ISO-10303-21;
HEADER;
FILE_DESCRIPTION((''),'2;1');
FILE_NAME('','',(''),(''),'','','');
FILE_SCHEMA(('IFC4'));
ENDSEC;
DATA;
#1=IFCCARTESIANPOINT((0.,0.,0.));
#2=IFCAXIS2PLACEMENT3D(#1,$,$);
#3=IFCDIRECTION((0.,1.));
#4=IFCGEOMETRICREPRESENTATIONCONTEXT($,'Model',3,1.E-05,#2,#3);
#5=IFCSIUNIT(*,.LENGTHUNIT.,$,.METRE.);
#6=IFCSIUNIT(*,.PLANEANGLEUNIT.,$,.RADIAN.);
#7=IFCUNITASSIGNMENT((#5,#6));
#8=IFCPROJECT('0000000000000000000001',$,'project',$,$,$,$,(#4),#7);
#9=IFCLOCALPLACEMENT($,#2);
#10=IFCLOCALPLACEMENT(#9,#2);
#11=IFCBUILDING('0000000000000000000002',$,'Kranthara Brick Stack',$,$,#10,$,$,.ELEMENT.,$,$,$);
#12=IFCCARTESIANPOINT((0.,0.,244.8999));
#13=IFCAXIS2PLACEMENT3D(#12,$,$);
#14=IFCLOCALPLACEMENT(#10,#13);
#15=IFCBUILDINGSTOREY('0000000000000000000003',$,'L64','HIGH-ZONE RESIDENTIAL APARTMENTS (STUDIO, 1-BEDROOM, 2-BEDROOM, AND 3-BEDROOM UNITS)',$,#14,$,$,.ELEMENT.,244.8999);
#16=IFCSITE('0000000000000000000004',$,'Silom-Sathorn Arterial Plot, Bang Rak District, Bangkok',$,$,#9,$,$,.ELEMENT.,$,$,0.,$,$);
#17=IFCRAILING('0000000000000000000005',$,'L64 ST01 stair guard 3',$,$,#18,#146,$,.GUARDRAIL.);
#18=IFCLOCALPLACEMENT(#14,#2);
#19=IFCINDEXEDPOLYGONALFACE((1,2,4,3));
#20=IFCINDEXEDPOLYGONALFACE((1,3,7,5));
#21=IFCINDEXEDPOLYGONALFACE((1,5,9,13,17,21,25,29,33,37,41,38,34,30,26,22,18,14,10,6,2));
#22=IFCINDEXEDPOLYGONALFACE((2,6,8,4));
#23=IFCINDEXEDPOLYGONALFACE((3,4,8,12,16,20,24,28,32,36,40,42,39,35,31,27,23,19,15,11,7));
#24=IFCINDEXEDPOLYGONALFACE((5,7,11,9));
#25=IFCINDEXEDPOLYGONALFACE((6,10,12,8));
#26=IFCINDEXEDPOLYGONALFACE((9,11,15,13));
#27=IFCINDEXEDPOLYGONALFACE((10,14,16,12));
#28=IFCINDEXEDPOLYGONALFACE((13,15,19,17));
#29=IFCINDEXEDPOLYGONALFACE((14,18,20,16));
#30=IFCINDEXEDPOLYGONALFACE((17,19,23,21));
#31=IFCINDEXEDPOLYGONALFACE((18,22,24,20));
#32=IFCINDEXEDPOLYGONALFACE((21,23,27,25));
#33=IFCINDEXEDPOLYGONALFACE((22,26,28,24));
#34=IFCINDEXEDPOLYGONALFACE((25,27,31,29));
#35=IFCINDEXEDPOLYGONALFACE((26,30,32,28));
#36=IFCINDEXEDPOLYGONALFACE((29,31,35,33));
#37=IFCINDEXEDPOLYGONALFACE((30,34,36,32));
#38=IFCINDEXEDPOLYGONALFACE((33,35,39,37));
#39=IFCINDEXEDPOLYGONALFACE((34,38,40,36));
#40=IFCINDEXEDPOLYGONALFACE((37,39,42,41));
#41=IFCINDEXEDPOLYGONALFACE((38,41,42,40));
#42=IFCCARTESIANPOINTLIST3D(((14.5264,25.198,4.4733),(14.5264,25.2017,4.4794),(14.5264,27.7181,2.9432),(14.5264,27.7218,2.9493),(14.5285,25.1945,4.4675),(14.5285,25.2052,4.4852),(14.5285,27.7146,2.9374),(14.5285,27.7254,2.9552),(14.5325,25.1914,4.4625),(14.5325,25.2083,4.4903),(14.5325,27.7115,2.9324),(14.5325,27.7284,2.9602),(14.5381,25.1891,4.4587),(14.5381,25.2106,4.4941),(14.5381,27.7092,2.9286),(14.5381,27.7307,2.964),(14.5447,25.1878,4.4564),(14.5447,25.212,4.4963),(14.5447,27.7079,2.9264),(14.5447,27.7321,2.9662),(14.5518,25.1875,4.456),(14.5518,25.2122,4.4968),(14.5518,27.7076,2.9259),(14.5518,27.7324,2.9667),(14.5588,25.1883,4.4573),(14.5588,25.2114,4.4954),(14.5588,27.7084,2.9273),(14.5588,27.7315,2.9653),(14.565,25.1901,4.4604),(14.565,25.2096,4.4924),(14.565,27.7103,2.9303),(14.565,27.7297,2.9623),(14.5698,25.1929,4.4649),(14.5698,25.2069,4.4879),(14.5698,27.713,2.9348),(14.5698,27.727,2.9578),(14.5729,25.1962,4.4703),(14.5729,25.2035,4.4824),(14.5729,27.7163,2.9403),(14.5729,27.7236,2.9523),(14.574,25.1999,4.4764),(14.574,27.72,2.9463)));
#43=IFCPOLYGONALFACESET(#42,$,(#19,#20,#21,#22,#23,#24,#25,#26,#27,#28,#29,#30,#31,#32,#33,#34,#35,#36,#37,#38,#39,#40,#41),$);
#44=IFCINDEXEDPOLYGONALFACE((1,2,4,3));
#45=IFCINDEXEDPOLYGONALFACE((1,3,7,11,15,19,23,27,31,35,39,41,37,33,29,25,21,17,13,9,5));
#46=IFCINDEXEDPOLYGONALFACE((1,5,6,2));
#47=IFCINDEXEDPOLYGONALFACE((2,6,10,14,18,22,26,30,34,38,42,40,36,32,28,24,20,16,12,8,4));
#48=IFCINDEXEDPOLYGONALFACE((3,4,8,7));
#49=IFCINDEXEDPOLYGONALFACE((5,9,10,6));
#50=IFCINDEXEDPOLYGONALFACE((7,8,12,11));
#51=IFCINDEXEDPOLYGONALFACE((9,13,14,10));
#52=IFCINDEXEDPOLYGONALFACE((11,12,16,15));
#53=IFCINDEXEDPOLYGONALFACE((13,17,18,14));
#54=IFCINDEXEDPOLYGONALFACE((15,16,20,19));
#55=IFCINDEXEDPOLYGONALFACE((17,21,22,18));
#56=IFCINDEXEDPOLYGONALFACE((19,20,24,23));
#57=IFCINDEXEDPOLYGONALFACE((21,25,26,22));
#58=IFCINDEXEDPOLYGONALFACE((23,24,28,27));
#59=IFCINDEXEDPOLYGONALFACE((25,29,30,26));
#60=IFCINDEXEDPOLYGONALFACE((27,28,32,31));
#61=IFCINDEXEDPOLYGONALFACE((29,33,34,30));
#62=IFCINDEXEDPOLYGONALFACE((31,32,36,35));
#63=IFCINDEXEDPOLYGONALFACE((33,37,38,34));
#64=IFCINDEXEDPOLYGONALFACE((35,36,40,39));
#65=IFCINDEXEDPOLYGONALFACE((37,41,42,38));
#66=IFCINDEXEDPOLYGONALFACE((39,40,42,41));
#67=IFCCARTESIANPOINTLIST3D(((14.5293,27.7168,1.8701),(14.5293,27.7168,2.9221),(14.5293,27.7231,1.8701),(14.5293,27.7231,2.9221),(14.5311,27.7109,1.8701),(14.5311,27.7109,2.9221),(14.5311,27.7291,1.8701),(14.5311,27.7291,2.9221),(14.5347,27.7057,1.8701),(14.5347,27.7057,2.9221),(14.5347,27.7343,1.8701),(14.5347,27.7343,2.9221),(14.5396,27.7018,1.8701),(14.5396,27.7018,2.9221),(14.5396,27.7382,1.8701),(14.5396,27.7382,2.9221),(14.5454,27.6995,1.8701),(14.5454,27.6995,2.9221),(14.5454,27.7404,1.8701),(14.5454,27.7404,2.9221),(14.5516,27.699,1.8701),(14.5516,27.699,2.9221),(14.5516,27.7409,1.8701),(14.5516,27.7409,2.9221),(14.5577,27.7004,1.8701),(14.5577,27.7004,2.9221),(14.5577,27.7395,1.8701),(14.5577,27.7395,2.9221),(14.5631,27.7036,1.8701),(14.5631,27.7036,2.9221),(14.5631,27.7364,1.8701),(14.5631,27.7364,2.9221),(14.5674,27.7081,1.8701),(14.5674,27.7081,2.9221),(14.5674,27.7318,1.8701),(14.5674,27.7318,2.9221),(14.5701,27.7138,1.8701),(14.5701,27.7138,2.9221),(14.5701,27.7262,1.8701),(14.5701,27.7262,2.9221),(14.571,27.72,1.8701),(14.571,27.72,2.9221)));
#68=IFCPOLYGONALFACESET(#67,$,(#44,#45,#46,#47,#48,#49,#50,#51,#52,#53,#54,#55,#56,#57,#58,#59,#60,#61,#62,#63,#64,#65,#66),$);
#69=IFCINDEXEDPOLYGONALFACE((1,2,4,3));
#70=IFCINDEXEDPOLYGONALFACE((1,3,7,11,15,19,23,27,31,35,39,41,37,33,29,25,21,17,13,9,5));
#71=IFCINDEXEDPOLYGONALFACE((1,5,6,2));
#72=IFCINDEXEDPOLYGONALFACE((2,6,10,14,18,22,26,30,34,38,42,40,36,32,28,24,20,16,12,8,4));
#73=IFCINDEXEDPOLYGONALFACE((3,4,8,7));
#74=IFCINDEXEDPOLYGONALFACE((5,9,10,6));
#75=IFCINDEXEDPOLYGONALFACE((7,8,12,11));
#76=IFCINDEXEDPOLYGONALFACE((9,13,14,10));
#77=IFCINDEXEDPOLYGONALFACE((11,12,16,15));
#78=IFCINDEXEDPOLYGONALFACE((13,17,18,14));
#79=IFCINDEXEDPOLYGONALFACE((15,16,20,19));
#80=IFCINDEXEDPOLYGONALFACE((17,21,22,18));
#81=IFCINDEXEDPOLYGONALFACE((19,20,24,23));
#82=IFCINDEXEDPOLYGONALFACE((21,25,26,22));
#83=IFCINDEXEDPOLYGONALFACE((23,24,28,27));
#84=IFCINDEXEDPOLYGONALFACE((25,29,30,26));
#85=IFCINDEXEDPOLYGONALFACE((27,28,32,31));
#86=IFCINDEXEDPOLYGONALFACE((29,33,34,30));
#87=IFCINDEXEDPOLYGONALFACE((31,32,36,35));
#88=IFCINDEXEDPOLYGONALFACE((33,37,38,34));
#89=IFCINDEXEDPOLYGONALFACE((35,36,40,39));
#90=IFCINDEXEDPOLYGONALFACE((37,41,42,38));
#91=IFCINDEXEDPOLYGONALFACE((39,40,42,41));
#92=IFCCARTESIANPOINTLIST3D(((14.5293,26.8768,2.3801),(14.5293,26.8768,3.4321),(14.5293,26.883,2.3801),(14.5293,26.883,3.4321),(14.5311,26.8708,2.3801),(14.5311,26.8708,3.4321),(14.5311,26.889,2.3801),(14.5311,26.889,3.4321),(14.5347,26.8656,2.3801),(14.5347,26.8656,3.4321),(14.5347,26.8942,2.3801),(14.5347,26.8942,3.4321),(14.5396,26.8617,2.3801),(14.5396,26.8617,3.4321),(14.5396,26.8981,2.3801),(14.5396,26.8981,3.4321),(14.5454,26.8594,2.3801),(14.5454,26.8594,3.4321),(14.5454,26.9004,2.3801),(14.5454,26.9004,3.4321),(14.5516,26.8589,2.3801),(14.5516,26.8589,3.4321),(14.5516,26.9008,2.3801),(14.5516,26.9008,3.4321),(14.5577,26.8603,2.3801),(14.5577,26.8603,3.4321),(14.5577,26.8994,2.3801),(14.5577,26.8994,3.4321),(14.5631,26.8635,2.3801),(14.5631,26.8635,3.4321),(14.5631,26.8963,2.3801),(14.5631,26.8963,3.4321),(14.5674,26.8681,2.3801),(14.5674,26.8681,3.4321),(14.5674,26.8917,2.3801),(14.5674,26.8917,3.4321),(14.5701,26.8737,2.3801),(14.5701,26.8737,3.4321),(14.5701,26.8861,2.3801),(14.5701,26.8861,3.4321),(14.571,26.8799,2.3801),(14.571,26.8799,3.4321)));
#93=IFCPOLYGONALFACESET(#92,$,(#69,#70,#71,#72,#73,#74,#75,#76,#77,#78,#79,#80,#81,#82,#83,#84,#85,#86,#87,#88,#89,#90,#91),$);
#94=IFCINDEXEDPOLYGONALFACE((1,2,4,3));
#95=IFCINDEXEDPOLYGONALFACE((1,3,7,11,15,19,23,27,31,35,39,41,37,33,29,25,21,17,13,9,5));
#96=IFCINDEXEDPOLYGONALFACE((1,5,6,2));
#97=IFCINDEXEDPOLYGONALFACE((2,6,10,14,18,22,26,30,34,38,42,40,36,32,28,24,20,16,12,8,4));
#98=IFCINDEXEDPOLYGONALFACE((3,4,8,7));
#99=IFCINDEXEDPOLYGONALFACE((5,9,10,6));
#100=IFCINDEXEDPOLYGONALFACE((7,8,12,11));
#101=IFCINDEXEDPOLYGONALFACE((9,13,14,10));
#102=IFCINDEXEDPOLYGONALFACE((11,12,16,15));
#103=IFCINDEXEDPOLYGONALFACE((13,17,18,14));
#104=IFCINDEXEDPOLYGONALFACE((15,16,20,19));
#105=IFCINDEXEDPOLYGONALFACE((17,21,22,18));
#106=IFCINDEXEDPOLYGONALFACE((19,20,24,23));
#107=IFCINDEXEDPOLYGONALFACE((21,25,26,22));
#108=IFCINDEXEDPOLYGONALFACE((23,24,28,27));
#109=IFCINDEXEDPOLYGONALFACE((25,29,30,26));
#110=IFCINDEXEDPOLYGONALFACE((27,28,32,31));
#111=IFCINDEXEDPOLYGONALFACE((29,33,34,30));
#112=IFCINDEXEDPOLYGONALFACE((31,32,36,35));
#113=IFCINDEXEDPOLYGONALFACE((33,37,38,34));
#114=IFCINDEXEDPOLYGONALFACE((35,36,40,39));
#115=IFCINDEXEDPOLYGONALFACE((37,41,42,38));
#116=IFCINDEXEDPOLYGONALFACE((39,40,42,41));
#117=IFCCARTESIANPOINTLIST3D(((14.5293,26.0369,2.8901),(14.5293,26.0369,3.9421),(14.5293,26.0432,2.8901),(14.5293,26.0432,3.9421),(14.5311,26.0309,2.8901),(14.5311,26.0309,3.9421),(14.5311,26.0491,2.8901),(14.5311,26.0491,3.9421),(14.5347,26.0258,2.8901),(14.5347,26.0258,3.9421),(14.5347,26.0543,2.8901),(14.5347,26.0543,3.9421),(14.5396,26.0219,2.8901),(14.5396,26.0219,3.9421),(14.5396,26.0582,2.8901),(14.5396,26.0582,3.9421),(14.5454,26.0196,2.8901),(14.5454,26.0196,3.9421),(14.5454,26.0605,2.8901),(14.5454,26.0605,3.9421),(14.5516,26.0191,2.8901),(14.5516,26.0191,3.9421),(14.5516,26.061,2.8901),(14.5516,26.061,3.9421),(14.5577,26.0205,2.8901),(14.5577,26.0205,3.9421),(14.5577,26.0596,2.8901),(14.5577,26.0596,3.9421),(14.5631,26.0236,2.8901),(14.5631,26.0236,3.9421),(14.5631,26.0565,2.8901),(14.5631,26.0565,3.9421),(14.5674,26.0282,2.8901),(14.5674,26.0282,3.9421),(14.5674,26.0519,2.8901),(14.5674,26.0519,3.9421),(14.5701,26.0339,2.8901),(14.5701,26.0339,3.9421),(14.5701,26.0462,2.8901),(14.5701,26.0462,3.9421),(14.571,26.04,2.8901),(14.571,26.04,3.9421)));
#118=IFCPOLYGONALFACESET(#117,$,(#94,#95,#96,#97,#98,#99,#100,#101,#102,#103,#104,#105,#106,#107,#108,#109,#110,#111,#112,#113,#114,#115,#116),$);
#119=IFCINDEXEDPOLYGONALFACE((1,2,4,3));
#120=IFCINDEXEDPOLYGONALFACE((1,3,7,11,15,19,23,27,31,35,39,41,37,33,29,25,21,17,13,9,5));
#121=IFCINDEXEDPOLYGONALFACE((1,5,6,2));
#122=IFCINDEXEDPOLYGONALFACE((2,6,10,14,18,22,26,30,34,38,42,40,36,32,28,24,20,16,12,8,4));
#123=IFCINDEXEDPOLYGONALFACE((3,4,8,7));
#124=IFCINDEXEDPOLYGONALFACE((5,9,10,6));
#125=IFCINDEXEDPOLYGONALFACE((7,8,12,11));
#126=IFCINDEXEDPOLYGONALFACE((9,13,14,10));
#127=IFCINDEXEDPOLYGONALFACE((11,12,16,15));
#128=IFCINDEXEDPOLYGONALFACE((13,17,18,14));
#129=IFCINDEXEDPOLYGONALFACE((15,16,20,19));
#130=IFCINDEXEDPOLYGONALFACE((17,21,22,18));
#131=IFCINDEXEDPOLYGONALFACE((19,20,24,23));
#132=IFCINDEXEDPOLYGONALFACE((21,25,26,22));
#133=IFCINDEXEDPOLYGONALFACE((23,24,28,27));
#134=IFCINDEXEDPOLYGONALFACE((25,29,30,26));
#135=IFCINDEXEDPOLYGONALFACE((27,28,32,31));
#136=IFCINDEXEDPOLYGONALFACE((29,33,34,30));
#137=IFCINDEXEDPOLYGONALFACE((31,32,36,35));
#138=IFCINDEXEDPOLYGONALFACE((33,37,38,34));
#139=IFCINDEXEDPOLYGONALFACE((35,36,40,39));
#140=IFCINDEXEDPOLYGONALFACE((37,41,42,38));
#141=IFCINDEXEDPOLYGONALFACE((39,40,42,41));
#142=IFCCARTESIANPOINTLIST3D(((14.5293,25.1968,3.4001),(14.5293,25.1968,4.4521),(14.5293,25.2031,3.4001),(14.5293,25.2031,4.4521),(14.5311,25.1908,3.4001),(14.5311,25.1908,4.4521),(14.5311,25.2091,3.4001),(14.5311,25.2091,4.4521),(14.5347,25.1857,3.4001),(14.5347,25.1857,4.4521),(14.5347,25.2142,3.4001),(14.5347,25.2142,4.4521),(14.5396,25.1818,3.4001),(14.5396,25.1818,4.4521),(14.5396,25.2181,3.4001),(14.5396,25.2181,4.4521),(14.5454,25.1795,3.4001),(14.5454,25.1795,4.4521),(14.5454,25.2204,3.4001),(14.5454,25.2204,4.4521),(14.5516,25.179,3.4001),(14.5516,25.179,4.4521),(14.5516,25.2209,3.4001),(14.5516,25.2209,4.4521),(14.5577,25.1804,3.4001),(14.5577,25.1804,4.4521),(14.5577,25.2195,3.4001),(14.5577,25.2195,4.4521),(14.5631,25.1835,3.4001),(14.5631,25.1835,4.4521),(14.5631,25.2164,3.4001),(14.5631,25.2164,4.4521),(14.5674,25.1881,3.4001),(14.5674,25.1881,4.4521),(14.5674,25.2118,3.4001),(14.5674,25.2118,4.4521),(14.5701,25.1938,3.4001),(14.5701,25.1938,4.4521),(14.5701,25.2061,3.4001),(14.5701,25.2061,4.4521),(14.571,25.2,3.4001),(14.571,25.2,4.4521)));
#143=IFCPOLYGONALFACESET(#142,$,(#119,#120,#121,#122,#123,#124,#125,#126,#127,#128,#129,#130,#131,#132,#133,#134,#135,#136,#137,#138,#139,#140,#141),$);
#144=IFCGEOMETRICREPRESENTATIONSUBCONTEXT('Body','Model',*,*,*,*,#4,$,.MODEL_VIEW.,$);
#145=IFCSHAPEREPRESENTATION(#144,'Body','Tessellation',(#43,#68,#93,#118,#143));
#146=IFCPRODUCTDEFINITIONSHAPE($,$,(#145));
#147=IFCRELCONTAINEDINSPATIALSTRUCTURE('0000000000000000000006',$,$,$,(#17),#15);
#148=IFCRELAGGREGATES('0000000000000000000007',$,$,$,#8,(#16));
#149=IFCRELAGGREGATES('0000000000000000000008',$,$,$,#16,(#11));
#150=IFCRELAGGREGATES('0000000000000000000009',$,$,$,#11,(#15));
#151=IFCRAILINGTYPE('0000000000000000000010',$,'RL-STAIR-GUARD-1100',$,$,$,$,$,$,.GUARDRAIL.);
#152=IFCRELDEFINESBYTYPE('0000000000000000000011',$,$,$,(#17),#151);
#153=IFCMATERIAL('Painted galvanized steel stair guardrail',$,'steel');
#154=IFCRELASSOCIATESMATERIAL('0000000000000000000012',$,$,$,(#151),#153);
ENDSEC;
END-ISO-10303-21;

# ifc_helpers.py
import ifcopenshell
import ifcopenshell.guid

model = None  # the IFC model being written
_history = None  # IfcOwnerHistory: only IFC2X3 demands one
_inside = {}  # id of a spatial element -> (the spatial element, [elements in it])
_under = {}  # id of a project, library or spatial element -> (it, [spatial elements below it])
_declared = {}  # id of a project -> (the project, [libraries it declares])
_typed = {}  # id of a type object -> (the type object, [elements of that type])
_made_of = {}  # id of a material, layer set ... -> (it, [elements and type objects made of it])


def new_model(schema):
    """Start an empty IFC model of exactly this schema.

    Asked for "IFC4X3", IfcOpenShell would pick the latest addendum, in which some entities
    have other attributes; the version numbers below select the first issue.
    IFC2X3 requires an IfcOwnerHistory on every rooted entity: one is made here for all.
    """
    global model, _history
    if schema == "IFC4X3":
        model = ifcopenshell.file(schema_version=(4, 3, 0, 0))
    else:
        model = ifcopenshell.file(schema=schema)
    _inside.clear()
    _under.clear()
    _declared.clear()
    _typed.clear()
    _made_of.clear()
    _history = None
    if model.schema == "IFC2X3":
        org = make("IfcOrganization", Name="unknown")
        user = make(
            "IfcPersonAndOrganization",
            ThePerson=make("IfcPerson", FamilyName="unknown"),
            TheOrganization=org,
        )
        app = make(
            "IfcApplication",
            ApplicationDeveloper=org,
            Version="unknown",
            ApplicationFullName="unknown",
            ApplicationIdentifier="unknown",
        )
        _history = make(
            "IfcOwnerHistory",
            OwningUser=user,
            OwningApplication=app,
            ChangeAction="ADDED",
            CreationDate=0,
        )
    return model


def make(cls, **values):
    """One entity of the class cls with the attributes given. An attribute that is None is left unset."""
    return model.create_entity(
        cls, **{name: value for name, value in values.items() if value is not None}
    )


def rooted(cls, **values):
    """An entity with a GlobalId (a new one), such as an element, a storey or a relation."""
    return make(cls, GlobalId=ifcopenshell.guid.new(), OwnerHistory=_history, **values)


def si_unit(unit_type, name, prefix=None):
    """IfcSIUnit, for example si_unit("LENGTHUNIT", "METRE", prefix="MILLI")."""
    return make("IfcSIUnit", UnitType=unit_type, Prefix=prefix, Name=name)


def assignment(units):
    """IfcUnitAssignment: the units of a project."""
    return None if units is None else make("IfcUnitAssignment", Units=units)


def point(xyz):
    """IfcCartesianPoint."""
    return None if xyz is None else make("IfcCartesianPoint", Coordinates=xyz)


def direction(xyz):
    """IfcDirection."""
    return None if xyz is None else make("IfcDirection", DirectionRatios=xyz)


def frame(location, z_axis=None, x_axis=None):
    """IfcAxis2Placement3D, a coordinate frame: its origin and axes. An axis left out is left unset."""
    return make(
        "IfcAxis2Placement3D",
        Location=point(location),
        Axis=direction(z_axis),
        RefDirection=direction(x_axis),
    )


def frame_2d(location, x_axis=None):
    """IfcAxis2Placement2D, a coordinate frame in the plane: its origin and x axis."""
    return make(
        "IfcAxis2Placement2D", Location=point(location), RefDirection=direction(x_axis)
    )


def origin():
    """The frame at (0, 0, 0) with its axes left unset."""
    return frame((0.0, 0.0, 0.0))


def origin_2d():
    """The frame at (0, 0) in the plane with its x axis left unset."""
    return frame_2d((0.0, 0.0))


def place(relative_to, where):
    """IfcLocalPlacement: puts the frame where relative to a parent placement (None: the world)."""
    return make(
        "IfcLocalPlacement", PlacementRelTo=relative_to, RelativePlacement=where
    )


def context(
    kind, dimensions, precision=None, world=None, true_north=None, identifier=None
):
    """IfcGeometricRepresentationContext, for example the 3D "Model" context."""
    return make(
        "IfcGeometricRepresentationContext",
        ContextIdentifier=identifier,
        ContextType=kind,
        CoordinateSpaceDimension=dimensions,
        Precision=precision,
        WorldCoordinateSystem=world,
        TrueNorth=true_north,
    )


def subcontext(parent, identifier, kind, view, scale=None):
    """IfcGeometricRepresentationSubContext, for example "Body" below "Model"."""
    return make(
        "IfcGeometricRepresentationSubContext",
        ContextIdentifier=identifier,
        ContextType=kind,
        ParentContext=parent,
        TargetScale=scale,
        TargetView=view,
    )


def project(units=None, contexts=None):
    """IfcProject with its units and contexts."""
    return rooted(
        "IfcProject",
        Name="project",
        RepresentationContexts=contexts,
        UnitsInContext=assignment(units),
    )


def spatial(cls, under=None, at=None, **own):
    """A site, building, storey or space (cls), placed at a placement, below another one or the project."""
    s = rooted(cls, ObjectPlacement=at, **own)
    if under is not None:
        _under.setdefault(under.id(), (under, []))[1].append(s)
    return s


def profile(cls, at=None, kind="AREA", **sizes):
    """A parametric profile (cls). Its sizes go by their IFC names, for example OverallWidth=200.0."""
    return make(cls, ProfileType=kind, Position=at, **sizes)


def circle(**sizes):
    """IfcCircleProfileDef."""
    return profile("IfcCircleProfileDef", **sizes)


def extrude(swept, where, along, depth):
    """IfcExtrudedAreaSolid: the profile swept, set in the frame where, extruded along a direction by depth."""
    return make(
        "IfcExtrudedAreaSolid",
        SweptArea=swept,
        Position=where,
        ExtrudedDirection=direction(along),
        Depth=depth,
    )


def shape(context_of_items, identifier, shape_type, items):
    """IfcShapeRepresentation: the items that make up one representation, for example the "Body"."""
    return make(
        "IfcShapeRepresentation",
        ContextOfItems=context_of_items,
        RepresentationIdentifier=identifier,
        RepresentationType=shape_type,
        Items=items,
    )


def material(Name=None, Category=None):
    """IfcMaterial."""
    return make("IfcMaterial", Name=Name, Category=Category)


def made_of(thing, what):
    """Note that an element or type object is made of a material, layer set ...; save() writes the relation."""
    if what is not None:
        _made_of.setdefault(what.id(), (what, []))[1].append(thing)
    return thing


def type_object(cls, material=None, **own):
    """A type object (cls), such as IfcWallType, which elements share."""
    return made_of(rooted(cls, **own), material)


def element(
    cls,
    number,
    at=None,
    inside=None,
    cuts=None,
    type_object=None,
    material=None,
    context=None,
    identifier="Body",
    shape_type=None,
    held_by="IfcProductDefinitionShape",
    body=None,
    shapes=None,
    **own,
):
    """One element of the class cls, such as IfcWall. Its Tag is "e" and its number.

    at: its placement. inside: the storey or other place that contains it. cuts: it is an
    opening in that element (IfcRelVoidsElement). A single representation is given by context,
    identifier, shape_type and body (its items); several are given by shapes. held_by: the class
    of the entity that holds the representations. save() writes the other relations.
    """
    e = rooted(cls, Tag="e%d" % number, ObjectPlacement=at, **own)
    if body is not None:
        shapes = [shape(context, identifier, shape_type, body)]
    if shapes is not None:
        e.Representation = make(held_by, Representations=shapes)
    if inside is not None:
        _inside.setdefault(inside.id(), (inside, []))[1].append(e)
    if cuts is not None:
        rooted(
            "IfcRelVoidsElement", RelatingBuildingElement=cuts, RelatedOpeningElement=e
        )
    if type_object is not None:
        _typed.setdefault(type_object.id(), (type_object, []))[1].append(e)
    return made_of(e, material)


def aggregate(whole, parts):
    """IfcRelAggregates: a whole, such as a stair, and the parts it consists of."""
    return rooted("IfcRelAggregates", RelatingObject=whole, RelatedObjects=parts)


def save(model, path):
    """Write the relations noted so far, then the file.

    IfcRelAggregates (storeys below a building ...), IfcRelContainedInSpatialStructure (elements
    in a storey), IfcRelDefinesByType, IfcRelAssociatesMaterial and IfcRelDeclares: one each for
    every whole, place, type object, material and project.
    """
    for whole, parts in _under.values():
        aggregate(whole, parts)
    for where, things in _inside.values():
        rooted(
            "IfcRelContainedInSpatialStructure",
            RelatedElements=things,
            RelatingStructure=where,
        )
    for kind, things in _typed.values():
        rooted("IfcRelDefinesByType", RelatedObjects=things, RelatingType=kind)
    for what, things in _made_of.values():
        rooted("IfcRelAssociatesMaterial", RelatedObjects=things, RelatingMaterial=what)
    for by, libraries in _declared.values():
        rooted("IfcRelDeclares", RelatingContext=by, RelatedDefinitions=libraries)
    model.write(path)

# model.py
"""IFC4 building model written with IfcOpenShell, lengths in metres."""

from ifc_helpers import new_model, si_unit, direction, frame, origin, origin_2d, place, context, subcontext, project, spatial, circle, extrude, material, type_object, element, save


model = new_model("IFC4")

# Units and contexts
model_context = context("Model", 3, precision=1e-05, world=origin(), true_north=direction((0.0, 1.0)))
body_context = subcontext(model_context, "Body", "Model", "MODEL_VIEW")
ifc_project = project(units=[si_unit("LENGTHUNIT", "METRE"), si_unit("PLANEANGLEUNIT", "RADIAN")], contexts=[model_context])

# Site, building, storey
site_placement = place(None, origin())
site = spatial("IfcSite", under=ifc_project, at=site_placement, Name="Silom-Sathorn Arterial Plot, Bang Rak District, Bangkok", CompositionType="ELEMENT", RefElevation=0.0)
building_placement = place(site_placement, origin())
building = spatial("IfcBuilding", under=site, at=building_placement, Name="Kranthara Brick Stack", CompositionType="ELEMENT")
storey_placement = place(building_placement, frame((0.0, 0.0, 244.8999)))
storey = spatial("IfcBuildingStorey", under=building, at=storey_placement, Name="L64", Description="HIGH-ZONE RESIDENTIAL APARTMENTS (STUDIO, 1-BEDROOM, 2-BEDROOM, AND 3-BEDROOM UNITS)", CompositionType="ELEMENT", Elevation=244.8999)

# Railing
ifc_material_1 = material(Name="Painted galvanized steel stair guardrail", Category="steel")
railing_type_1 = type_object("IfcRailingType", Name="RL-STAIR-GUARD-1100", PredefinedType="GUARDRAIL", material=ifc_material_1)
railing_1_placement = place(storey_placement, frame((14.55, 27.72, 1.8701)))
element("IfcRailing", 1, at=railing_1_placement, inside=storey, type_object=railing_type_1, Name="L64 ST01 stair guard 3", PredefinedType="GUARDRAIL", context=body_context, shape_type="SweptSolid", body=[
    extrude(circle(Radius=0.0239, at=origin_2d()), frame((0.0, 0.0, 1.0762), z_axis=(0.0, -0.854785, 0.518982), x_axis=(1.0, 0.0, 0.0)), (0.0, 0.0, 1.0), 2.9482),
    extrude(circle(Radius=0.021, at=origin_2d()), origin(), (0.0, 0.0, 1.0), 1.052),
    extrude(circle(Radius=0.021, at=origin_2d()), frame((0.0, -0.8401, 0.51)), (0.0, 0.0, 1.0), 1.052),
    extrude(circle(Radius=0.021, at=origin_2d()), frame((0.0, -1.6799, 1.02)), (0.0, 0.0, 1.0), 1.052),
    extrude(circle(Radius=0.021, at=origin_2d()), frame((0.0, -2.52, 1.53)), (0.0, 0.0, 1.0), 1.052),
])

save(model, "model.ifc")
